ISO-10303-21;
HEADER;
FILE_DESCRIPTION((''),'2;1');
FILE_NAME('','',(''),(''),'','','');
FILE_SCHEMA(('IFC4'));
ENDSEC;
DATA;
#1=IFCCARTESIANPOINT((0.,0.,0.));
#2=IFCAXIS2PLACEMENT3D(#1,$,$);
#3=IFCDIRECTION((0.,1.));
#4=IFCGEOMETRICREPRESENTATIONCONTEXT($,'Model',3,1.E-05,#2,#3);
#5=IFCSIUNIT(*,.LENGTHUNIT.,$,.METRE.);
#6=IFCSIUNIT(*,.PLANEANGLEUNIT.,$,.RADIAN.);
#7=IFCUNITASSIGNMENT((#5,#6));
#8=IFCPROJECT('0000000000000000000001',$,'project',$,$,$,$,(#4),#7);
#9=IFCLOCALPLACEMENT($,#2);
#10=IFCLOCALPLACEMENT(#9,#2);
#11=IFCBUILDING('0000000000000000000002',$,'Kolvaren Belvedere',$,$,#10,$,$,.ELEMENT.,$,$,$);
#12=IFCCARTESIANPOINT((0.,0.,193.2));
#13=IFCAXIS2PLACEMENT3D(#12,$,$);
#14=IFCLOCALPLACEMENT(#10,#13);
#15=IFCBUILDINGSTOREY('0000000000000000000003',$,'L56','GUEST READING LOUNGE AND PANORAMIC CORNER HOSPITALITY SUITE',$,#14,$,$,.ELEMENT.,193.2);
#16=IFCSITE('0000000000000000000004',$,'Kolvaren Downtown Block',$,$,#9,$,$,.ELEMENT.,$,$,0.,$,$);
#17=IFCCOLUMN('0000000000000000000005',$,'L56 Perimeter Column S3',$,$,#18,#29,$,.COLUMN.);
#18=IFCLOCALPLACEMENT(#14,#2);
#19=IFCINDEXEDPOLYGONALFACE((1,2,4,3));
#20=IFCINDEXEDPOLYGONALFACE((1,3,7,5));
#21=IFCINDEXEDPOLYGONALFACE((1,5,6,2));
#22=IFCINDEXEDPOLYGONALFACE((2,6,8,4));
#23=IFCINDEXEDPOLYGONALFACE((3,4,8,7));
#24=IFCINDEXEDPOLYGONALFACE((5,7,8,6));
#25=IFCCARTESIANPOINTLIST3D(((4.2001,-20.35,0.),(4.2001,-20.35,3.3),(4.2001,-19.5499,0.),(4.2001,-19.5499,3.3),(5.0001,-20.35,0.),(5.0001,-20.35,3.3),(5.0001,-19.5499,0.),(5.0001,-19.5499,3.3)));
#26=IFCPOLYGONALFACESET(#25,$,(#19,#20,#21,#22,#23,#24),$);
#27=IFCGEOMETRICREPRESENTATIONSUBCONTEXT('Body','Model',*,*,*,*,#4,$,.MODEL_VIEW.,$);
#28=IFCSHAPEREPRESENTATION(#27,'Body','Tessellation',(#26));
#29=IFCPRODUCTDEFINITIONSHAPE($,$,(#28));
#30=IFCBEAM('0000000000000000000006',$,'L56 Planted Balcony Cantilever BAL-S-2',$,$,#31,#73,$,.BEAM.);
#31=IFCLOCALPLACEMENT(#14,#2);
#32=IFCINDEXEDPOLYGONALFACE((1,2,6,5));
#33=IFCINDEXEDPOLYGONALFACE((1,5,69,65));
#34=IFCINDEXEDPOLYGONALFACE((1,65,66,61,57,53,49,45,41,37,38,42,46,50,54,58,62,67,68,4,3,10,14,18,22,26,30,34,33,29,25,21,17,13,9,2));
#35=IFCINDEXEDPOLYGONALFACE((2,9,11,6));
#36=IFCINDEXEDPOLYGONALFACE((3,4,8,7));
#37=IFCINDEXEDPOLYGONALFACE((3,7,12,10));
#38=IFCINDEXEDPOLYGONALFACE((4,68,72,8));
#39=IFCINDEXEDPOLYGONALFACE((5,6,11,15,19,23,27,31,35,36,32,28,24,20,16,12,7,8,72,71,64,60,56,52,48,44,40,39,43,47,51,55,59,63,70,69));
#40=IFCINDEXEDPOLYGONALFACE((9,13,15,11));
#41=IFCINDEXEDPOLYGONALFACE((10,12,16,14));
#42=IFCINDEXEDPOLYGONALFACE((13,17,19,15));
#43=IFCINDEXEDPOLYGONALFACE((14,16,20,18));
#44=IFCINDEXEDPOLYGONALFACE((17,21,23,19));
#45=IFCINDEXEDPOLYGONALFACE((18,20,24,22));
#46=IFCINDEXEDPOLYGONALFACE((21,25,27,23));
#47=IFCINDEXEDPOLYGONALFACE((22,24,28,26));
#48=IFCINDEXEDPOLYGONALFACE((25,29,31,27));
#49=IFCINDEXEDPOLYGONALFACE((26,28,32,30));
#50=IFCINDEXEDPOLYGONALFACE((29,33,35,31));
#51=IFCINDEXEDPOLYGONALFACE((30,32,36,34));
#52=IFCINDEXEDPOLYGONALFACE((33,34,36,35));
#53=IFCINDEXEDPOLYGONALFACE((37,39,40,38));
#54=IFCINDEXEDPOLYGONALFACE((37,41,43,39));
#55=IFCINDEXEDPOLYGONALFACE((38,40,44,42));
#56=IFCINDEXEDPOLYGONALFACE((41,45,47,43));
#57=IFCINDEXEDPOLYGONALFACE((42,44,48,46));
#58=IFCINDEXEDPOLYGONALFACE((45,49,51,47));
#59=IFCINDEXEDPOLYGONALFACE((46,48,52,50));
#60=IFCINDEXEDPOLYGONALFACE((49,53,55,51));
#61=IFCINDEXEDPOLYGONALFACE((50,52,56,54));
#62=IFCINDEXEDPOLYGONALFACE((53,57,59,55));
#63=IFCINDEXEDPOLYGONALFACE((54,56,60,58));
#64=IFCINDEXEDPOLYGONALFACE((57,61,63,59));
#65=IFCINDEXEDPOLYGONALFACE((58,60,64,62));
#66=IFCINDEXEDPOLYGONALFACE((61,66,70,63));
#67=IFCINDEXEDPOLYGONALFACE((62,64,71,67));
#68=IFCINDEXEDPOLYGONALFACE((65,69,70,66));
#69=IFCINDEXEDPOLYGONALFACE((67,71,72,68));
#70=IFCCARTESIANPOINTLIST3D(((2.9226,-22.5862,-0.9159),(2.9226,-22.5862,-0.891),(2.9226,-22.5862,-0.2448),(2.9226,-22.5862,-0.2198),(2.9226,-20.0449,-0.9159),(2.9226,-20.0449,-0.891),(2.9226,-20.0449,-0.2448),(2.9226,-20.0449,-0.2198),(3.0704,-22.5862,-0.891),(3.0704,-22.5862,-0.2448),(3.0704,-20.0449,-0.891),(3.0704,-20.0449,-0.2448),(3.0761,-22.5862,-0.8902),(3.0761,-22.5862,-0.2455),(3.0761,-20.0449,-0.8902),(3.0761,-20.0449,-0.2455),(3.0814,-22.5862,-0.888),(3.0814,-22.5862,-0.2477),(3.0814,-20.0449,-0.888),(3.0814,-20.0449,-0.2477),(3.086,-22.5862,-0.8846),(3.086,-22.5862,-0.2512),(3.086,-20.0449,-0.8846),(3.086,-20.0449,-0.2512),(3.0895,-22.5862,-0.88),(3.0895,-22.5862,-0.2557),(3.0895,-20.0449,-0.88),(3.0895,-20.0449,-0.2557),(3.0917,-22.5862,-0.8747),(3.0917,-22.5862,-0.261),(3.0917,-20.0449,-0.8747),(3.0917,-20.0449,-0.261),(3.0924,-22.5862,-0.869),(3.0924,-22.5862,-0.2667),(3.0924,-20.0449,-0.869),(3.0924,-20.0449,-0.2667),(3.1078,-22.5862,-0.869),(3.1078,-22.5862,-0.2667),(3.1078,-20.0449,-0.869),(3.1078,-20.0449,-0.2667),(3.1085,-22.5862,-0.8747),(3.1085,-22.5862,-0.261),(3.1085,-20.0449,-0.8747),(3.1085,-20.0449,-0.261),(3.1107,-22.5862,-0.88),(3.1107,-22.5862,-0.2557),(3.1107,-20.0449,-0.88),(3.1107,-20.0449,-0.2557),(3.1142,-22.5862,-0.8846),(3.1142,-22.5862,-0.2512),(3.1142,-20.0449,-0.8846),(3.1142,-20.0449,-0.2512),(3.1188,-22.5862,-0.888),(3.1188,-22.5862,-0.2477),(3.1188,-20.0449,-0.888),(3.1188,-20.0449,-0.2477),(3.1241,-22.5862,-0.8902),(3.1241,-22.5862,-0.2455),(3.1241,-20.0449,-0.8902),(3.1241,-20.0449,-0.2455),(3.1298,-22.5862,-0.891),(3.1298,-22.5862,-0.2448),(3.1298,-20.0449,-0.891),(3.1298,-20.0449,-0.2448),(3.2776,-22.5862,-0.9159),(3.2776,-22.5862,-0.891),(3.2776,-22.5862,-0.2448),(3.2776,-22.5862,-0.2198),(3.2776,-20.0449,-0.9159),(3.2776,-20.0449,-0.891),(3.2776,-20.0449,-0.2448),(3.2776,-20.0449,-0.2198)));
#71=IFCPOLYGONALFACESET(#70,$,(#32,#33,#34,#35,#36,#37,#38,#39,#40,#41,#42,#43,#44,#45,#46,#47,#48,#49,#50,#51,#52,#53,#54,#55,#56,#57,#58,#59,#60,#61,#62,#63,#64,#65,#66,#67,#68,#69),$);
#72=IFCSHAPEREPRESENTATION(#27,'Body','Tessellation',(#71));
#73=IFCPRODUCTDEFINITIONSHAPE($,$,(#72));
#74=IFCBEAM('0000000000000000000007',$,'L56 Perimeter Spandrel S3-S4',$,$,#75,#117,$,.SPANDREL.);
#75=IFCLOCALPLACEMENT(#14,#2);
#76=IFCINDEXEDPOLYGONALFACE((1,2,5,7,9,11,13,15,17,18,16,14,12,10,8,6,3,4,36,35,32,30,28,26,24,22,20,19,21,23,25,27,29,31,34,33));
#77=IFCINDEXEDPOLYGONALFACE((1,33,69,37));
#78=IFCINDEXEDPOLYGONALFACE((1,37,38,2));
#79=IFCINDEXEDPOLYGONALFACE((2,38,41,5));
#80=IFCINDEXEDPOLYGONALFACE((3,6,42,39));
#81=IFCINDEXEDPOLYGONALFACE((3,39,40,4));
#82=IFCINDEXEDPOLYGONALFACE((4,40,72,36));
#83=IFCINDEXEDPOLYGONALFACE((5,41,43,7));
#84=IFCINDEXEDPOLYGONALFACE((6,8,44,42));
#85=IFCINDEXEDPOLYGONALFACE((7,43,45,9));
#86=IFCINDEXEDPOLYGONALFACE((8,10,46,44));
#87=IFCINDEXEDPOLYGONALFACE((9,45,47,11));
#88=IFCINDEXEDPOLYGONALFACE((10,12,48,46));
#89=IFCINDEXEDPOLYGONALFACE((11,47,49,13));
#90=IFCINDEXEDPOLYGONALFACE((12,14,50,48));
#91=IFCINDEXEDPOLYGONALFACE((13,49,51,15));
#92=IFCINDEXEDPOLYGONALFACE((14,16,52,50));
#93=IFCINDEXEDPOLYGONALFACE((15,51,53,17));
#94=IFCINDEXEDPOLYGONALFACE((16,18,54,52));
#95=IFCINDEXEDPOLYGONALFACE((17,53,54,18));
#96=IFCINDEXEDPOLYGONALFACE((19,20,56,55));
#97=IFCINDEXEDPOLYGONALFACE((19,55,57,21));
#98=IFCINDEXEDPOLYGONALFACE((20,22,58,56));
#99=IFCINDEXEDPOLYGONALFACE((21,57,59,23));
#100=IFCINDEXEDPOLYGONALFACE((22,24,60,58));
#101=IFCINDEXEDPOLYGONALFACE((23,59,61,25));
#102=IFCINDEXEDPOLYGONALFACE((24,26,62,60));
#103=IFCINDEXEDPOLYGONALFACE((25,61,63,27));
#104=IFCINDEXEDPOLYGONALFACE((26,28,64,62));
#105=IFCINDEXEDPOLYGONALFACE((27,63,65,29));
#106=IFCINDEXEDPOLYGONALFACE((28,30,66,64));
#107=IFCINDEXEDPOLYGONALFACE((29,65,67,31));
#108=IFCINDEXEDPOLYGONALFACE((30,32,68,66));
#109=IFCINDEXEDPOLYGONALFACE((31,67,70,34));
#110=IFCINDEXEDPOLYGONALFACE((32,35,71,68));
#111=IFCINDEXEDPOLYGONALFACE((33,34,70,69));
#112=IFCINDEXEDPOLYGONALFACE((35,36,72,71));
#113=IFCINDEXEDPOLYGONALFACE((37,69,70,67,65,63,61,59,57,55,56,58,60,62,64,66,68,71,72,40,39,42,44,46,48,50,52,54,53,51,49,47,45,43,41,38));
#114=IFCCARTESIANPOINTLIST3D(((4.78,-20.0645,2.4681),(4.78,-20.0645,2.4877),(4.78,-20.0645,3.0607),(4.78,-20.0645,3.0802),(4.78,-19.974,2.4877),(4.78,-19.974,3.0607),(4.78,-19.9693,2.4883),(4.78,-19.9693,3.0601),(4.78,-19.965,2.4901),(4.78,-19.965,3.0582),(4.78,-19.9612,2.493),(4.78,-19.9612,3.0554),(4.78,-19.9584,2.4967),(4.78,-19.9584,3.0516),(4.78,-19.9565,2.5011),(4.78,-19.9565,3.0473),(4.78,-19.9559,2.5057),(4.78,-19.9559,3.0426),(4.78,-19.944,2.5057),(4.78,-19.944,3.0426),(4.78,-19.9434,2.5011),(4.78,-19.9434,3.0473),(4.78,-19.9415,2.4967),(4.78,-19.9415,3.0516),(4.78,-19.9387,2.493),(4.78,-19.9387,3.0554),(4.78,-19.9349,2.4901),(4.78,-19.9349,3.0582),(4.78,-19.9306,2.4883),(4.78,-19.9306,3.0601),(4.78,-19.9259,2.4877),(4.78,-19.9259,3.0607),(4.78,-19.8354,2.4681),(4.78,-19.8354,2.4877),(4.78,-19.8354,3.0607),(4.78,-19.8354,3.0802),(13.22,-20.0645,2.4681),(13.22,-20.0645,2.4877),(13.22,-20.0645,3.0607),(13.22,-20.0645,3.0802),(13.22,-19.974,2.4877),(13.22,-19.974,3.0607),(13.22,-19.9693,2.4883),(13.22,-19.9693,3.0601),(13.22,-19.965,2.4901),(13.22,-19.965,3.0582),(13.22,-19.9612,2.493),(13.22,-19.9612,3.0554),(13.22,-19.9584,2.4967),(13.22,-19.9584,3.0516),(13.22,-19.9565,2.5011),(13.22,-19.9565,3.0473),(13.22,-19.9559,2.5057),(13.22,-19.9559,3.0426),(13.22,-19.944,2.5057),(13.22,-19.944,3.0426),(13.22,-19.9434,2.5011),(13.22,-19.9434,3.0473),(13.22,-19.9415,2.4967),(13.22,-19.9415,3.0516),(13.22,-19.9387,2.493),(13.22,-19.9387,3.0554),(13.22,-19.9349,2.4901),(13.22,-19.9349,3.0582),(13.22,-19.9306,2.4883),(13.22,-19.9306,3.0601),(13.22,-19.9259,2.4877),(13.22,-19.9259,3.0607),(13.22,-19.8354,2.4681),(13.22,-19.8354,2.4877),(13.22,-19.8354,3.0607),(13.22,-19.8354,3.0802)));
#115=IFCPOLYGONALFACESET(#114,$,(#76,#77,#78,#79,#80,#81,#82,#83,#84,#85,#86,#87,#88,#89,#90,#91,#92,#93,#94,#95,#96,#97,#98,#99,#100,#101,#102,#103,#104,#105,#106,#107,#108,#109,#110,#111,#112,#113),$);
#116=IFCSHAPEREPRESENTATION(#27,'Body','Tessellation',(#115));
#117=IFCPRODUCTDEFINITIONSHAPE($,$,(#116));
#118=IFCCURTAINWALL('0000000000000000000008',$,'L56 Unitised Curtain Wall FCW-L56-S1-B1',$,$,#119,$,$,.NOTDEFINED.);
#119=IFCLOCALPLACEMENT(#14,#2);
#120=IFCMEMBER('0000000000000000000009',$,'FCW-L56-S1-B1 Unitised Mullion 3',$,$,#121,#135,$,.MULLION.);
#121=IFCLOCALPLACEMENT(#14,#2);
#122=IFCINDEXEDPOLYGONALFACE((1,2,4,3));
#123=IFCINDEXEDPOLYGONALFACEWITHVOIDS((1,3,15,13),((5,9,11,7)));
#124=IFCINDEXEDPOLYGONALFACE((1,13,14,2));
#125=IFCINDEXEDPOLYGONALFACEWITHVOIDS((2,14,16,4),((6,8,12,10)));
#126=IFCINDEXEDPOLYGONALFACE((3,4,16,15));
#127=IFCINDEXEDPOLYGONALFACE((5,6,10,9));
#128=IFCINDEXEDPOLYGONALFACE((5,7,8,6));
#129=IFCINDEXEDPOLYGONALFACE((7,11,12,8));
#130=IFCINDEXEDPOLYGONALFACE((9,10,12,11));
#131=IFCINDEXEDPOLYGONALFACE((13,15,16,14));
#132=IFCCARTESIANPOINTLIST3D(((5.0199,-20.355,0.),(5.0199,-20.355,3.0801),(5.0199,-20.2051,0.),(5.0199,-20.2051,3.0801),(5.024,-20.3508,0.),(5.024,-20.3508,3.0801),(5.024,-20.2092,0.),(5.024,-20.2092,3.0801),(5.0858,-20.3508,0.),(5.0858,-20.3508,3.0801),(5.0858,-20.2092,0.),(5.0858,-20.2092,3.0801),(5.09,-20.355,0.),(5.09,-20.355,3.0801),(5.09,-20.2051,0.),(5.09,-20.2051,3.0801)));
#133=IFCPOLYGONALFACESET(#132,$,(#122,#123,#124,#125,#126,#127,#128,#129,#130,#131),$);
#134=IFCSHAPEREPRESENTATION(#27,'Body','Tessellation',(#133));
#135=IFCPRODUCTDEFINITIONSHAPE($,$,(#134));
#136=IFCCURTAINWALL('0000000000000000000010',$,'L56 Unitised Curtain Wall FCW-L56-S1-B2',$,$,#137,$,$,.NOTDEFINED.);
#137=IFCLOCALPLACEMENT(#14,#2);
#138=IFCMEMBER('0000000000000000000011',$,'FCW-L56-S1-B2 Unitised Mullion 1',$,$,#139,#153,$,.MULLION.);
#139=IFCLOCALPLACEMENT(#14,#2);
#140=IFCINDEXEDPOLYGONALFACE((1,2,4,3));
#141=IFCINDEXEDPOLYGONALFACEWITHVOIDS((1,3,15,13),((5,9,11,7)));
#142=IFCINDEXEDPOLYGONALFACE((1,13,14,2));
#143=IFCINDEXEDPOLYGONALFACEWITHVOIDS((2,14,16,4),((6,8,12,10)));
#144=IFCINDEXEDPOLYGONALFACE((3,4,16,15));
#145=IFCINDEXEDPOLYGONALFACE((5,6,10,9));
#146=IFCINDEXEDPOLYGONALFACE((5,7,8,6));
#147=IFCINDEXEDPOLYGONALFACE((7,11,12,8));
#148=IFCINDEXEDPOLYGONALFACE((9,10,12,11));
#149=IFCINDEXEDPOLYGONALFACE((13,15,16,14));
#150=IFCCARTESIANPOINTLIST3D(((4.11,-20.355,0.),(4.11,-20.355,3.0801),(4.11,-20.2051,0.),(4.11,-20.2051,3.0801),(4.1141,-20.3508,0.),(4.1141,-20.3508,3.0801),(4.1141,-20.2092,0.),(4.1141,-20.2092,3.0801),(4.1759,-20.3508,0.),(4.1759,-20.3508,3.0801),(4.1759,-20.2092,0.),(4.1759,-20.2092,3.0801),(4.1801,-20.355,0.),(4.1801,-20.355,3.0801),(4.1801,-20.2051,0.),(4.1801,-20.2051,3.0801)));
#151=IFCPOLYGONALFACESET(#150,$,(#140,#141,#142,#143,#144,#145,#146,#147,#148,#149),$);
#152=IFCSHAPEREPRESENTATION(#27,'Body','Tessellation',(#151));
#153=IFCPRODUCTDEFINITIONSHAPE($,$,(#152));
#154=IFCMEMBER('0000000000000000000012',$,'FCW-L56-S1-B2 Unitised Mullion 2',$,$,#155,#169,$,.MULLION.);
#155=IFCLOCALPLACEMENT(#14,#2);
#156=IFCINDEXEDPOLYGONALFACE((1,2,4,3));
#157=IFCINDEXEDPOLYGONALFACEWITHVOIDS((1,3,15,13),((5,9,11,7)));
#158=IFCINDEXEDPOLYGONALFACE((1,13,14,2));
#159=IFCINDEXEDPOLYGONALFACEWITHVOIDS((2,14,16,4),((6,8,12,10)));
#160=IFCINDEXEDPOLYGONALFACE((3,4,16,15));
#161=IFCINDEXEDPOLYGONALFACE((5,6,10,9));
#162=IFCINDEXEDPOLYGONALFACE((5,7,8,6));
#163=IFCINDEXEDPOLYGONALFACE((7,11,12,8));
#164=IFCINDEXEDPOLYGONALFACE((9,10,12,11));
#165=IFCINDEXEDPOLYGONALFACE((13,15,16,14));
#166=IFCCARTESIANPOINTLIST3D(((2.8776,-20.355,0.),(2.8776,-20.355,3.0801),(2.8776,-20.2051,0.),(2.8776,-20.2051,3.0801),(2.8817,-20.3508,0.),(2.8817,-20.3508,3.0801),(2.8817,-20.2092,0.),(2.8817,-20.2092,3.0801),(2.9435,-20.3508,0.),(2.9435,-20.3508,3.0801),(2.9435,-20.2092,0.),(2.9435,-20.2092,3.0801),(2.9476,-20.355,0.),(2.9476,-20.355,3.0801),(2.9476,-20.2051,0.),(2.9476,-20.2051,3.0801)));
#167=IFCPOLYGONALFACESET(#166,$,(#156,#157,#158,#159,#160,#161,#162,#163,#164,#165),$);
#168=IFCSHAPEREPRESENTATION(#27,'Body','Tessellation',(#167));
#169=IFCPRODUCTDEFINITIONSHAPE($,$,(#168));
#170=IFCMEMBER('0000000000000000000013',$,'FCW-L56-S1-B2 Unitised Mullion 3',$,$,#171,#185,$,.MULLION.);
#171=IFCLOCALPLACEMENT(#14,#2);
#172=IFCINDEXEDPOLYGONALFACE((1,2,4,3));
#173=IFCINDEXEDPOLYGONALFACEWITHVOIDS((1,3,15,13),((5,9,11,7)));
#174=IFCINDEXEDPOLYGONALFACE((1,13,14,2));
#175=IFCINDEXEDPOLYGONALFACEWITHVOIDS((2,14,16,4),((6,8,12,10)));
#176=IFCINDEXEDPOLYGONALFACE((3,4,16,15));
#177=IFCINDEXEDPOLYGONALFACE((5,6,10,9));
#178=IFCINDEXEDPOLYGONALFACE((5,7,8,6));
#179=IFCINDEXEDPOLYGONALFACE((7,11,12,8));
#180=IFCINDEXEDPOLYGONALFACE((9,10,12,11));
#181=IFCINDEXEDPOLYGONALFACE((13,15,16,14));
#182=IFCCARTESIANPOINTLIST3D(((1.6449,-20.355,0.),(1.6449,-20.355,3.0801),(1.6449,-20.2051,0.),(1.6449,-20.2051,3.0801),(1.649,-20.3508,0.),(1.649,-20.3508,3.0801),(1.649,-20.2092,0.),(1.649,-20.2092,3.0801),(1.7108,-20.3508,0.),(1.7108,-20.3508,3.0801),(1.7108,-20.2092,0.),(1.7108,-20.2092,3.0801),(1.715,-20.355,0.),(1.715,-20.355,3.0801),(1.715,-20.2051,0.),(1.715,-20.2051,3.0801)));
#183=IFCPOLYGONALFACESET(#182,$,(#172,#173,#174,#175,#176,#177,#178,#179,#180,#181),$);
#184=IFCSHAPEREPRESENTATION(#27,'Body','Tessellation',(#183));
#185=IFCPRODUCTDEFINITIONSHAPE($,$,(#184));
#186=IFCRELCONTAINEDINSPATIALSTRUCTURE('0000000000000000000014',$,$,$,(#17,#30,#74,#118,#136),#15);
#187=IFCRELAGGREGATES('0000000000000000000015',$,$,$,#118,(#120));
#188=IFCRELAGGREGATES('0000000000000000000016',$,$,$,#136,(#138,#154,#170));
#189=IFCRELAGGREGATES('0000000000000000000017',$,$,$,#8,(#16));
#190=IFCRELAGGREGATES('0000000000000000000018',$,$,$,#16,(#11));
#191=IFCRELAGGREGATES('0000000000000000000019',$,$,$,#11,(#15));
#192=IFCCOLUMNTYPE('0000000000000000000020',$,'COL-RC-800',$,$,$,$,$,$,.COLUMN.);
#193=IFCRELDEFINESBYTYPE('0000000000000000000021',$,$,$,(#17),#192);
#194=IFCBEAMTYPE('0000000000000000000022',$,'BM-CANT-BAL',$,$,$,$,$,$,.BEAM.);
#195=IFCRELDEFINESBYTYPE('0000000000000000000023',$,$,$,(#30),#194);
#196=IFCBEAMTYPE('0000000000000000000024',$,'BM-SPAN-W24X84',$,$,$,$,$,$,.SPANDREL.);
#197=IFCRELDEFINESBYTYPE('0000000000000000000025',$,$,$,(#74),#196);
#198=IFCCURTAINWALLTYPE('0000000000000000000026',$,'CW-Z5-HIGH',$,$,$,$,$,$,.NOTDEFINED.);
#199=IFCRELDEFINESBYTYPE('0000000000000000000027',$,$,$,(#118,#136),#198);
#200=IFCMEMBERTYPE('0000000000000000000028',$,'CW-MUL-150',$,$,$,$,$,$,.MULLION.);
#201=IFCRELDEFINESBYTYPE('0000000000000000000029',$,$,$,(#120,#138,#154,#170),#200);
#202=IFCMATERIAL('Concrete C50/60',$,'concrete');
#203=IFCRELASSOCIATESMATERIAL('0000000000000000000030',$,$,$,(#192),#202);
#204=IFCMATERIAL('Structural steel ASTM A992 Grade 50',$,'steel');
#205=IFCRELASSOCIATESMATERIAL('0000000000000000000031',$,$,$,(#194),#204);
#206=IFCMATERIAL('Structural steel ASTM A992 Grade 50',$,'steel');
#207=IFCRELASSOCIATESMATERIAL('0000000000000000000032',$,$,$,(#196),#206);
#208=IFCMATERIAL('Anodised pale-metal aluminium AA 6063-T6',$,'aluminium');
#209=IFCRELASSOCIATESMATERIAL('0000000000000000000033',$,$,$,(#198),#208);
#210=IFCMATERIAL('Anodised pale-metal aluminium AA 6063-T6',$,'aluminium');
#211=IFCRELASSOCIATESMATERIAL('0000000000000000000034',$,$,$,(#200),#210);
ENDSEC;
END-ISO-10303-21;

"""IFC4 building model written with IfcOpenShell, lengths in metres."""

from ifc_helpers import new_model, si_unit, direction, frame, origin, origin_2d, place, context, subcontext, project, spatial, rectangle, hollow_rectangle, i_section, extrude, material, material_profile, profile_set, type_object, element, aggregate, save


model = new_model("IFC4")

# Units and contexts
model_context = context("Model", 3, precision=1e-05, world=origin(), true_north=direction((0.0, 1.0)))
body_context = subcontext(model_context, "Body", "Model", "MODEL_VIEW")
ifc_project = project(units=[si_unit("LENGTHUNIT", "METRE"), si_unit("PLANEANGLEUNIT", "RADIAN")], contexts=[model_context])

# Site, building, storey
site_placement = place(None, origin())
site = spatial("IfcSite", under=ifc_project, at=site_placement, Name="Kolvaren Downtown Block", CompositionType="ELEMENT", RefElevation=0.0)
building_placement = place(site_placement, origin())
building = spatial("IfcBuilding", under=site, at=building_placement, Name="Kolvaren Belvedere", CompositionType="ELEMENT")
storey_placement = place(building_placement, frame((0.0, 0.0, 193.2)))
storey = spatial("IfcBuildingStorey", under=building, at=storey_placement, Name="L56", Description="GUEST READING LOUNGE AND PANORAMIC CORNER HOSPITALITY SUITE", CompositionType="ELEMENT", Elevation=193.2)

# Column
ifc_material_1 = material(Name="Concrete C50/60", Category="concrete")
ifc_material_profile_1 = material_profile(ifc_material_1, rectangle(XDim=0.8, YDim=0.8, at=origin_2d()), Name="RC 800X800")
ifc_profile_set_1 = profile_set([ifc_material_profile_1], Name="Concrete C50/60")
column_type = type_object("IfcColumnType", Name="COL-RC-800", PredefinedType="COLUMN", material=ifc_profile_set_1)
column_placement = place(storey_placement, frame((4.6001, -19.95, 0.0), z_axis=(0.0, 0.0, 1.0), x_axis=(1.0, 0.0, 0.0)))
element("IfcColumn", 1, at=column_placement, inside=storey, type_object=column_type, Name="L56 Perimeter Column S3", PredefinedType="COLUMN", context=body_context, shape_type="SweptSolid", body=[
    extrude(rectangle(XDim=0.8, YDim=0.8, at=origin_2d()), origin(), (0.0, 0.0, 1.0), 3.3),
])

# Beams
ifc_material_2 = material(Name="Structural steel ASTM A992 Grade 50", Category="steel")
ifc_material_profile_2 = material_profile(ifc_material_2, i_section(OverallWidth=0.355, OverallDepth=0.696, WebThickness=0.0154, FlangeThickness=0.0249, FilletRadius=0.022, at=origin_2d()), Name="W27X146")
ifc_profile_set_2 = profile_set([ifc_material_profile_2], Name="Structural steel ASTM A992 Grade 50")
beam_type_1 = type_object("IfcBeamType", Name="BM-CANT-BAL", PredefinedType="BEAM", material=ifc_profile_set_2)
beam_1_placement = place(storey_placement, frame((3.1001, -20.0449, -0.5679), z_axis=(0.0, -1.0, 0.0), x_axis=(1.0, 0.0, 0.0)))
element("IfcBeam", 2, at=beam_1_placement, inside=storey, type_object=beam_type_1, Name="L56 Planted Balcony Cantilever BAL-S-2", PredefinedType="BEAM", context=body_context, shape_type="SweptSolid", body=[
    extrude(i_section(OverallWidth=0.355, OverallDepth=0.696, WebThickness=0.0154, FlangeThickness=0.0249, FilletRadius=0.022, at=origin_2d()), origin(), (0.0, 0.0, 1.0), 2.5413),
])
ifc_material_3 = material(Name="Structural steel ASTM A992 Grade 50", Category="steel")
ifc_material_profile_3 = material_profile(ifc_material_3, i_section(OverallWidth=0.229, OverallDepth=0.6121, WebThickness=0.012, FlangeThickness=0.0195, FilletRadius=0.0181, at=origin_2d()), Name="W24X84")
ifc_profile_set_3 = profile_set([ifc_material_profile_3], Name="Structural steel ASTM A992 Grade 50")
beam_type_2 = type_object("IfcBeamType", Name="BM-SPAN-W24X84", PredefinedType="SPANDREL", material=ifc_profile_set_3)
beam_2_placement = place(storey_placement, frame((4.78, -19.95, 2.7742), z_axis=(1.0, 0.0, 0.0), x_axis=(0.0, 1.0, 0.0)))
element("IfcBeam", 3, at=beam_2_placement, inside=storey, type_object=beam_type_2, Name="L56 Perimeter Spandrel S3-S4", PredefinedType="SPANDREL", context=body_context, shape_type="SweptSolid", body=[
    extrude(i_section(OverallWidth=0.229, OverallDepth=0.6121, WebThickness=0.012, FlangeThickness=0.0195, FilletRadius=0.0181, at=origin_2d()), origin(), (0.0, 0.0, 1.0), 8.4399),
])

# Curtain wall, member
ifc_material_4 = material(Name="Anodised pale-metal aluminium AA 6063-T6", Category="aluminium")
curtain_wall_type = type_object("IfcCurtainWallType", Name="CW-Z5-HIGH", PredefinedType="NOTDEFINED", material=ifc_material_4)
curtain_wall_1_placement = place(storey_placement, origin())
curtain_wall_1 = element("IfcCurtainWall", 4, at=curtain_wall_1_placement, inside=storey, type_object=curtain_wall_type, Name="L56 Unitised Curtain Wall FCW-L56-S1-B1", PredefinedType="NOTDEFINED")
ifc_material_5 = material(Name="Anodised pale-metal aluminium AA 6063-T6", Category="aluminium")
ifc_material_profile_4 = material_profile(ifc_material_5, hollow_rectangle(XDim=0.0701, YDim=0.1499, WallThickness=0.0042, at=origin_2d()), Name="ALU-MUL-150X70")
ifc_profile_set_4 = profile_set([ifc_material_profile_4], Name="Anodised pale-metal aluminium AA 6063-T6")
member_type_1 = type_object("IfcMemberType", Name="CW-MUL-150", PredefinedType="MULLION", material=ifc_profile_set_4)
member_1_placement = place(storey_placement, frame((5.0549, -20.28, 0.0), z_axis=(0.0, 0.0, 1.0), x_axis=(1.0, 0.0, 0.0)))
member_1 = element("IfcMember", 5, at=member_1_placement, type_object=member_type_1, Name="FCW-L56-S1-B1 Unitised Mullion 3", PredefinedType="MULLION", context=body_context, shape_type="SweptSolid", body=[
    extrude(hollow_rectangle(XDim=0.0701, YDim=0.1499, WallThickness=0.0042, at=origin_2d()), origin(), (0.0, 0.0, 1.0), 3.0801),
])
aggregate(curtain_wall_1, [member_1])

# Curtain wall, members
curtain_wall_2_placement = place(storey_placement, origin())
curtain_wall_2 = element("IfcCurtainWall", 6, at=curtain_wall_2_placement, inside=storey, type_object=curtain_wall_type, Name="L56 Unitised Curtain Wall FCW-L56-S1-B2", PredefinedType="NOTDEFINED")
member_2_placement = place(storey_placement, frame((4.145, -20.28, 0.0), z_axis=(0.0, 0.0, 1.0), x_axis=(1.0, 0.0, 0.0)))
member_2 = element("IfcMember", 7, at=member_2_placement, type_object=member_type_1, Name="FCW-L56-S1-B2 Unitised Mullion 1", PredefinedType="MULLION", context=body_context, shape_type="SweptSolid", body=[
    extrude(hollow_rectangle(XDim=0.0701, YDim=0.1499, WallThickness=0.0042, at=origin_2d()), origin(), (0.0, 0.0, 1.0), 3.0801),
])
member_3_placement = place(storey_placement, frame((2.9126, -20.28, 0.0), z_axis=(0.0, 0.0, 1.0), x_axis=(1.0, 0.0, 0.0)))
member_3 = element("IfcMember", 8, at=member_3_placement, type_object=member_type_1, Name="FCW-L56-S1-B2 Unitised Mullion 2", PredefinedType="MULLION", context=body_context, shape_type="SweptSolid", body=[
    extrude(hollow_rectangle(XDim=0.0701, YDim=0.1499, WallThickness=0.0042, at=origin_2d()), origin(), (0.0, 0.0, 1.0), 3.0801),
])
member_4_placement = place(storey_placement, frame((1.6799, -20.28, 0.0), z_axis=(0.0, 0.0, 1.0), x_axis=(1.0, 0.0, 0.0)))
member_4 = element("IfcMember", 9, at=member_4_placement, type_object=member_type_1, Name="FCW-L56-S1-B2 Unitised Mullion 3", PredefinedType="MULLION", context=body_context, shape_type="SweptSolid", body=[
    extrude(hollow_rectangle(XDim=0.0701, YDim=0.1499, WallThickness=0.0042, at=origin_2d()), origin(), (0.0, 0.0, 1.0), 3.0801),
])

aggregate(curtain_wall_2, [member_2, member_3, member_4])

save(model, "model.ifc")
